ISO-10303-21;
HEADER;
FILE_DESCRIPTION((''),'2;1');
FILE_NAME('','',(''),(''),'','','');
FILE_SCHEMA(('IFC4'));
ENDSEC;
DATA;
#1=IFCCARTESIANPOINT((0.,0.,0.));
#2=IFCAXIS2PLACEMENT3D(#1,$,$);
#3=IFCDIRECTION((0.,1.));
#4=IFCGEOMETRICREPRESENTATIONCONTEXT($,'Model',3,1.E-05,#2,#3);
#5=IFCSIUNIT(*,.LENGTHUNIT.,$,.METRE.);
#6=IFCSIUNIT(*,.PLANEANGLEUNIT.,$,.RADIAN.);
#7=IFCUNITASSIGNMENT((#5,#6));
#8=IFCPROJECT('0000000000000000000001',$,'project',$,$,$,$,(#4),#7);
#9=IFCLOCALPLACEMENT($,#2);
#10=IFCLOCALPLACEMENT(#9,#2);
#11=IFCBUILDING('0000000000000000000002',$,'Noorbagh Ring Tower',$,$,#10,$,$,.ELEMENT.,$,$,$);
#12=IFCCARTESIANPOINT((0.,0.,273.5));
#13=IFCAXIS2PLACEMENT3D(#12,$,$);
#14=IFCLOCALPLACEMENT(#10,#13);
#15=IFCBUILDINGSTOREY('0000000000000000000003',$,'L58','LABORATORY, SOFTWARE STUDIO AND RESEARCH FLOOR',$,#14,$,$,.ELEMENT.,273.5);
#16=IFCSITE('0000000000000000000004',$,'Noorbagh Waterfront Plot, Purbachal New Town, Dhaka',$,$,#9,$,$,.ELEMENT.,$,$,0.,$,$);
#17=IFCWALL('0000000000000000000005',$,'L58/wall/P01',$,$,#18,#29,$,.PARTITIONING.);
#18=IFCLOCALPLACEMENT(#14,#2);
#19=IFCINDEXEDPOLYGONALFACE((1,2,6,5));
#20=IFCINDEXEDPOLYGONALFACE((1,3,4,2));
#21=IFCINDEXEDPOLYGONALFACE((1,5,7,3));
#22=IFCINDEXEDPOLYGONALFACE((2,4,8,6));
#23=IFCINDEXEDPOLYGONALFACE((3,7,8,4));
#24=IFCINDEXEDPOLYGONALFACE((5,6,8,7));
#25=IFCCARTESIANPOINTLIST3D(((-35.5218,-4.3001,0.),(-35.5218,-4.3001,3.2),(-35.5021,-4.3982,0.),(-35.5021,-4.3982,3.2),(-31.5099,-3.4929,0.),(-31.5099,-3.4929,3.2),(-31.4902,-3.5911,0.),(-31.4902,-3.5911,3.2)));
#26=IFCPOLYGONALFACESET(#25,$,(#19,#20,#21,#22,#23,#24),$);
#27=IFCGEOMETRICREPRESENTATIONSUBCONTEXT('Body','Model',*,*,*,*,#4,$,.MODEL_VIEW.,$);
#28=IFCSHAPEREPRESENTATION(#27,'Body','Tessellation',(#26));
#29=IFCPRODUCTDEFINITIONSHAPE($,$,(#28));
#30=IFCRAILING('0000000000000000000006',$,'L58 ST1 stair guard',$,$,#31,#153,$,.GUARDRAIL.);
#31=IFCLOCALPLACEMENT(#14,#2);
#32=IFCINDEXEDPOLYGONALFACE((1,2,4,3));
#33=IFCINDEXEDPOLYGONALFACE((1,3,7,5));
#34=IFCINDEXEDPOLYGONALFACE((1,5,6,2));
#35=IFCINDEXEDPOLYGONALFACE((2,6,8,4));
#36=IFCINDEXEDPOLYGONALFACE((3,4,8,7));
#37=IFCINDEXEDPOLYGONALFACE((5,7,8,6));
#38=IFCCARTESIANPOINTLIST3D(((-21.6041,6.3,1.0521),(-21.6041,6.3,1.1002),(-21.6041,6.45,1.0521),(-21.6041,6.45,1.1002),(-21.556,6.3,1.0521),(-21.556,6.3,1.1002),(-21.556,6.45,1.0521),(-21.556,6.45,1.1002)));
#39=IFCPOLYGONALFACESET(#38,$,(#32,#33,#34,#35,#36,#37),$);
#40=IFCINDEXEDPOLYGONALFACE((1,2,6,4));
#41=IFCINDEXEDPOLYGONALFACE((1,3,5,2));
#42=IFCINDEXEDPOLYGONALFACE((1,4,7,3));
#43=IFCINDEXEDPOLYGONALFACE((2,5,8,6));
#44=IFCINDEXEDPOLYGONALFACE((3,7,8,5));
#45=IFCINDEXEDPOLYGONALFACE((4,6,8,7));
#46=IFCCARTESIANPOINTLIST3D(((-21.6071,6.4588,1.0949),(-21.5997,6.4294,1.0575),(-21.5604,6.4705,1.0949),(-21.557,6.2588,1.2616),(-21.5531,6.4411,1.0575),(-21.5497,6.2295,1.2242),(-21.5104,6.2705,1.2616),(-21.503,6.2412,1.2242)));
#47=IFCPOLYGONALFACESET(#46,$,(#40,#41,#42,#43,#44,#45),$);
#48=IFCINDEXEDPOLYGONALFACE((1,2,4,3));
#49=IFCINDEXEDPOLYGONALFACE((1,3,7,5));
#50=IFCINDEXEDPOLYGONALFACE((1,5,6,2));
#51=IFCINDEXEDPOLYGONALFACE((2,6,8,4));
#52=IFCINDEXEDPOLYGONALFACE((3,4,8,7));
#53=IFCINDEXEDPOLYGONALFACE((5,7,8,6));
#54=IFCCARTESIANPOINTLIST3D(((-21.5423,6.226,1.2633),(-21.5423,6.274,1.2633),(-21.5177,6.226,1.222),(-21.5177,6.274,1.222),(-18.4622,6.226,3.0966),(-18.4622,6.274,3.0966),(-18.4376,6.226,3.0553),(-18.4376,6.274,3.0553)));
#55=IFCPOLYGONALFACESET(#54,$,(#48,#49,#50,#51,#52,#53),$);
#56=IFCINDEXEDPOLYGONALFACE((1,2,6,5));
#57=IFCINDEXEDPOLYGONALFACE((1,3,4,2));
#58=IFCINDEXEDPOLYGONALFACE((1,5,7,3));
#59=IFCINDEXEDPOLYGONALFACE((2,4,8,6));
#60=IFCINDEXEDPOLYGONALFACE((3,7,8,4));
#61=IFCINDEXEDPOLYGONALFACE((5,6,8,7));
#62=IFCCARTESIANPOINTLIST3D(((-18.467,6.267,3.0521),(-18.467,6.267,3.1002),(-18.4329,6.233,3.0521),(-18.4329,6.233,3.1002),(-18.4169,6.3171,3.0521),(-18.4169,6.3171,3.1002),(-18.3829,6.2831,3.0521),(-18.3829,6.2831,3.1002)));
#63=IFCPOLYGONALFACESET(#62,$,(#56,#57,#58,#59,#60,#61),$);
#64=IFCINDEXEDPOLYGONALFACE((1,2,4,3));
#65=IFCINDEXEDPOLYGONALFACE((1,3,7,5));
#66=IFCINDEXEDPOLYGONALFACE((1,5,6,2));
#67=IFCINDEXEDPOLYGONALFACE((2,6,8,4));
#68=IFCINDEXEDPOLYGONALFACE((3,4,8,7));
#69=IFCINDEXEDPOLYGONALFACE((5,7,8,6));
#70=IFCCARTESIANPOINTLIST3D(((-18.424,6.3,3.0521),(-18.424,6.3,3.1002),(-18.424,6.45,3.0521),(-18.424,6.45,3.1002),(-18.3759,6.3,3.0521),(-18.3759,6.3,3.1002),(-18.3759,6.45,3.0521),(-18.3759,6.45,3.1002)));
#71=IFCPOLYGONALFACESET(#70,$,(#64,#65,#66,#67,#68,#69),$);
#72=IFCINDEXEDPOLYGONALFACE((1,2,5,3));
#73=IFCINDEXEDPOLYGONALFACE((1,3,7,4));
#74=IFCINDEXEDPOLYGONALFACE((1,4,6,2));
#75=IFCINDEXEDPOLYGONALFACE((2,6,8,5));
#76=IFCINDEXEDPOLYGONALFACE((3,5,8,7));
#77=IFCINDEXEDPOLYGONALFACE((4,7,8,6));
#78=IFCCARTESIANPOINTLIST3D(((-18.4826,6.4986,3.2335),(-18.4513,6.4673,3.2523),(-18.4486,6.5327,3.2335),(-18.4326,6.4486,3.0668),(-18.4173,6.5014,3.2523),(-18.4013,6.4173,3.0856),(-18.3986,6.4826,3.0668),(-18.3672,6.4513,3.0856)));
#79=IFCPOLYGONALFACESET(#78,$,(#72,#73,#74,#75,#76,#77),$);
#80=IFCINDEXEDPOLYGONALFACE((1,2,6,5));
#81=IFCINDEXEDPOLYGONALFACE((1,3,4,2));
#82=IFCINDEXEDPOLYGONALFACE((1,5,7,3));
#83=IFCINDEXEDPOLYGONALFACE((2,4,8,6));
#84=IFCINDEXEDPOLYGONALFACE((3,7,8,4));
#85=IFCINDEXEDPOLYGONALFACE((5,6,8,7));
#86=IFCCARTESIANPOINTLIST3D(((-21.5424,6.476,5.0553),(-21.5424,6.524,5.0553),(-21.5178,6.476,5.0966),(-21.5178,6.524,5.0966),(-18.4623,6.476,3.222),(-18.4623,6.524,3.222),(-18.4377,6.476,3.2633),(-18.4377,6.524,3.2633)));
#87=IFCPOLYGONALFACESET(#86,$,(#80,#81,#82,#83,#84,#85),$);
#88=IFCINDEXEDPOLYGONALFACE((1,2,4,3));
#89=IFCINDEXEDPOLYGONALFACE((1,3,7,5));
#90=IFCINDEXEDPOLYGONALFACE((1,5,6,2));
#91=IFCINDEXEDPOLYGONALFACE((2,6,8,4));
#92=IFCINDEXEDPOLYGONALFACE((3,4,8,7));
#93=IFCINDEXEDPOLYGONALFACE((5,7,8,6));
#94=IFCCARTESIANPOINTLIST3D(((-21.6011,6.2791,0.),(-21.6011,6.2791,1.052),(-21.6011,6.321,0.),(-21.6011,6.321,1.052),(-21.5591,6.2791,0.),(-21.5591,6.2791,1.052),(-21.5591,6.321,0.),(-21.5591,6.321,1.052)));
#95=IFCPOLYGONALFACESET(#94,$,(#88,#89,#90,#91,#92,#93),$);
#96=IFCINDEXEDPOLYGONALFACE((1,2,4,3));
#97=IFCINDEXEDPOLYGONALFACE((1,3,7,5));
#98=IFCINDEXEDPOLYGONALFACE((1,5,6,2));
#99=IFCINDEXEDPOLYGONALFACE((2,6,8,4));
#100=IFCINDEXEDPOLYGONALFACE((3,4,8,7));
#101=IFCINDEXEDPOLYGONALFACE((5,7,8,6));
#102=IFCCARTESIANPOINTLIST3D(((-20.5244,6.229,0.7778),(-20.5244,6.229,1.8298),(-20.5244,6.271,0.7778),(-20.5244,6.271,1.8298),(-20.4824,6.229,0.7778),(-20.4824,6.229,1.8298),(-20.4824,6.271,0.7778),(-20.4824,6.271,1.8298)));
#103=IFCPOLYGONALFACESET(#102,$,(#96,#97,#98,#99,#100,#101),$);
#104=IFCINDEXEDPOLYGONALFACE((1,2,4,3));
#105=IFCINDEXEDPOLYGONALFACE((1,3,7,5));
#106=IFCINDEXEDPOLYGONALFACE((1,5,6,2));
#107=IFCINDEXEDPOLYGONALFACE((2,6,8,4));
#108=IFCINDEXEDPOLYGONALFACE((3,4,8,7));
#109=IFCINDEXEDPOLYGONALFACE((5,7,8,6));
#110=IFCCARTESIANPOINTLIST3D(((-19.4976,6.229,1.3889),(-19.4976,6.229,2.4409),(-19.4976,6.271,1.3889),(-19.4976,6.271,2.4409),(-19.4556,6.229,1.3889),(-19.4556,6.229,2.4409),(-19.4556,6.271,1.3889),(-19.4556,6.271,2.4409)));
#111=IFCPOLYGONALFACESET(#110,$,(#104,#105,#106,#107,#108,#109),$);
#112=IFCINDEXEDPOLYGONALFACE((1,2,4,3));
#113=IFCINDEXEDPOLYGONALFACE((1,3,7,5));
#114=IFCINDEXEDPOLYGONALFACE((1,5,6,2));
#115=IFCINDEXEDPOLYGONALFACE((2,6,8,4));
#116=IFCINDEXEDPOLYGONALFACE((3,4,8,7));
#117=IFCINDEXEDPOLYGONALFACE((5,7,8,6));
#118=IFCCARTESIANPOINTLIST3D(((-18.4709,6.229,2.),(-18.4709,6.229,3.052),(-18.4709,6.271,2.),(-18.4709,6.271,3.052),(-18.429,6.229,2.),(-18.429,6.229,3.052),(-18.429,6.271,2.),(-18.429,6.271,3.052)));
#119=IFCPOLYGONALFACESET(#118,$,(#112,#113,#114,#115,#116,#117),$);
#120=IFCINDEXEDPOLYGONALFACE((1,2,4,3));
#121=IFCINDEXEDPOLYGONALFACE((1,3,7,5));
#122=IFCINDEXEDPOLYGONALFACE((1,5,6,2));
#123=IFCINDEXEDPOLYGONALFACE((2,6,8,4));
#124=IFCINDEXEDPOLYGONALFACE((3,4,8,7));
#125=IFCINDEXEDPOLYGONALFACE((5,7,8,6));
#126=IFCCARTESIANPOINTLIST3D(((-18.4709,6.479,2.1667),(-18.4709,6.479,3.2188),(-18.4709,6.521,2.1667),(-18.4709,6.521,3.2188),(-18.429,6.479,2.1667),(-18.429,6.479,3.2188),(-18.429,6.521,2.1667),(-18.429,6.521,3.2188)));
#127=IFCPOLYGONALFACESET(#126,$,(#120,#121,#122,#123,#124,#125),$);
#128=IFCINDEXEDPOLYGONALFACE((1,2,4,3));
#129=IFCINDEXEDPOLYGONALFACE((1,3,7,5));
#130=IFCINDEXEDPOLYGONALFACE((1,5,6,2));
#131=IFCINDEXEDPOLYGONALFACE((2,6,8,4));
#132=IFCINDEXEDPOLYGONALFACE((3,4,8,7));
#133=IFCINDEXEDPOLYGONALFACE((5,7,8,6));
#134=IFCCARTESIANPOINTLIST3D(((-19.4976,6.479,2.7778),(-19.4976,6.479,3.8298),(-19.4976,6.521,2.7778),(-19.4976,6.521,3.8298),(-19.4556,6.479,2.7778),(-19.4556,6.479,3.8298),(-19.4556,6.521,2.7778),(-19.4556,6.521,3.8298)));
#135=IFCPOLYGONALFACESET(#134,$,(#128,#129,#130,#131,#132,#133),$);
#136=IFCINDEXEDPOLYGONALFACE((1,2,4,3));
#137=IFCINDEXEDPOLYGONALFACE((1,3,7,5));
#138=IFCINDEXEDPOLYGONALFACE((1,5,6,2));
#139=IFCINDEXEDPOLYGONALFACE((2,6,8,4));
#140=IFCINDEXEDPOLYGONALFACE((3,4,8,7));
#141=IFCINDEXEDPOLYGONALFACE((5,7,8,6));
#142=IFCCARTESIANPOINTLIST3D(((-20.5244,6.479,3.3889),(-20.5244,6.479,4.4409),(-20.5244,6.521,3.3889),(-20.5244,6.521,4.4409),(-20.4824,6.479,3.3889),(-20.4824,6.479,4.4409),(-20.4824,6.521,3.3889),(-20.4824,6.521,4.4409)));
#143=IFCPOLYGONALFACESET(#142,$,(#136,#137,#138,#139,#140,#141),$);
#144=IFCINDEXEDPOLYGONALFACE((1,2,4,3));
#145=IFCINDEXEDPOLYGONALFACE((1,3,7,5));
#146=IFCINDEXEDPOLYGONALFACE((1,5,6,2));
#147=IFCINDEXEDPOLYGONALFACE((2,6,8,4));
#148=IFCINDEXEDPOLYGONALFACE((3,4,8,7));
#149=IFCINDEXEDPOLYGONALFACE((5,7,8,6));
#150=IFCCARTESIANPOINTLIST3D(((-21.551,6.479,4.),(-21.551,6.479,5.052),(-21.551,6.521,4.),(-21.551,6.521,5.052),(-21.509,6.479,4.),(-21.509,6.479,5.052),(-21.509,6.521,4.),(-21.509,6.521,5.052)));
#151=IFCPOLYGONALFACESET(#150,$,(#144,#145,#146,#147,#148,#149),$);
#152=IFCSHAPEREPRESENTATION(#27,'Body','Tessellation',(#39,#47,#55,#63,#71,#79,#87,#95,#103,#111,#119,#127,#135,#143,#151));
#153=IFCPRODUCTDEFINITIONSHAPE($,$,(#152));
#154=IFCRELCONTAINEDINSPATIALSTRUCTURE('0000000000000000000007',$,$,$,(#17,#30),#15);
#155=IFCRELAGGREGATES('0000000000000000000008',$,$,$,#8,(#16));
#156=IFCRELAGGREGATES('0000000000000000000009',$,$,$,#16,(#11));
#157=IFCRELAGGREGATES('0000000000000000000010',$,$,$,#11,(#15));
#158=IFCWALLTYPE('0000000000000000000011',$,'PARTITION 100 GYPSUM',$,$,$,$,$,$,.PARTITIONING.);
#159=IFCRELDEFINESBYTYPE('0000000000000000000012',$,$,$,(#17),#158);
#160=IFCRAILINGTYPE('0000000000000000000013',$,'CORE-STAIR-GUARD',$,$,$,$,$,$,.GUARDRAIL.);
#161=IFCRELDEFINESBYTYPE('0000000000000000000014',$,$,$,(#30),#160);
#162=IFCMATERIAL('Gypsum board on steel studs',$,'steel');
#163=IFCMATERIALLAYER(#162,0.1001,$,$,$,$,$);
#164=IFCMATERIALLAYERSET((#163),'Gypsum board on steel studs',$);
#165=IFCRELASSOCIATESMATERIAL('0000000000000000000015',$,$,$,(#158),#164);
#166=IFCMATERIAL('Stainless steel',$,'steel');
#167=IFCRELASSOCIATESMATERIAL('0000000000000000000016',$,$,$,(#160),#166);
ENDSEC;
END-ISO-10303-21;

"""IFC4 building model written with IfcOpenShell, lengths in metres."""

from ifc_helpers import new_model, si_unit, direction, frame, frame_2d, origin, origin_2d, place, context, subcontext, project, spatial, rectangle, extrude, material, layer, layer_set, type_object, element, save


model = new_model("IFC4")

# Units and contexts
model_context = context("Model", 3, precision=1e-05, world=origin(), true_north=direction((0.0, 1.0)))
body_context = subcontext(model_context, "Body", "Model", "MODEL_VIEW")
ifc_project = project(units=[si_unit("LENGTHUNIT", "METRE"), si_unit("PLANEANGLEUNIT", "RADIAN")], contexts=[model_context])

# Site, building, storey
site_placement = place(None, origin())
site = spatial("IfcSite", under=ifc_project, at=site_placement, Name="Noorbagh Waterfront Plot, Purbachal New Town, Dhaka", CompositionType="ELEMENT", RefElevation=0.0)
building_placement = place(site_placement, origin())
building = spatial("IfcBuilding", under=site, at=building_placement, Name="Noorbagh Ring Tower", CompositionType="ELEMENT")
storey_placement = place(building_placement, frame((0.0, 0.0, 273.5)))
storey = spatial("IfcBuildingStorey", under=building, at=storey_placement, Name="L58", Description="LABORATORY, SOFTWARE STUDIO AND RESEARCH FLOOR", CompositionType="ELEMENT", Elevation=273.5)

# Wall
ifc_material_1 = material(Name="Gypsum board on steel studs", Category="steel")
ifc_layer_1 = layer(ifc_material_1, 0.1001)
ifc_layer_set_1 = layer_set([ifc_layer_1], Name="Gypsum board on steel studs")
wall_type_1 = type_object("IfcWallType", Name="PARTITION 100 GYPSUM", PredefinedType="PARTITIONING", material=ifc_layer_set_1)
wall_1_placement = place(storey_placement, frame((-35.512, -4.3491, 0.0), z_axis=(0.0, 0.0, 1.0), x_axis=(0.980357, 0.197229, 0.0)))
element("IfcWall", 1, at=wall_1_placement, inside=storey, type_object=wall_type_1, Name="L58/wall/P01", PredefinedType="PARTITIONING", context=body_context, shape_type="SweptSolid", body=[
    extrude(rectangle(XDim=4.0923, YDim=0.1001, at=frame_2d((2.0461, 0.0))), origin(), (0.0, 0.0, 1.0), 3.2),
])

# Railing
ifc_material_2 = material(Name="Stainless steel", Category="steel")
railing_type = type_object("IfcRailingType", Name="CORE-STAIR-GUARD", PredefinedType="GUARDRAIL", material=ifc_material_2)
railing_placement = place(storey_placement, frame((-21.5801, 6.3, 0.0)))
element("IfcRailing", 2, at=railing_placement, inside=storey, type_object=railing_type, Name="L58 ST1 stair guard", PredefinedType="GUARDRAIL", context=body_context, shape_type="SweptSolid", body=[
    extrude(rectangle(XDim=0.0481, YDim=0.0481, at=origin_2d()), frame((0.0, 0.0, 1.0762), z_axis=(0.0, 1.0, 0.0), x_axis=(-1.0, 0.0, 0.0)), (0.0, 0.0, 1.0), 0.1499),
    extrude(rectangle(XDim=0.0481, YDim=0.0481, at=origin_2d()), frame((0.0, 0.1499, 1.0762), z_axis=(0.188776, -0.754182, 0.628946), x_axis=(0.970073, 0.242814, 0.0)), (0.0, 0.0, 1.0), 0.2651),
    extrude(rectangle(XDim=0.0481, YDim=0.0481, at=origin_2d()), frame((0.05, -0.05, 1.2427), z_axis=(0.859309, 0.0, 0.511458), x_axis=(0.0, 1.0, 0.0)), (0.0, 0.0, 1.0), 3.5845),
    extrude(rectangle(XDim=0.0481, YDim=0.0481, at=origin_2d()), frame((3.1301, -0.05, 3.0762), z_axis=(0.707107, 0.707107, 0.0), x_axis=(-0.707107, 0.707107, 0.0)), (0.0, 0.0, 1.0), 0.0708),
    extrude(rectangle(XDim=0.0481, YDim=0.0481, at=origin_2d()), frame((3.1802, 0.0, 3.0762), z_axis=(0.0, 1.0, 0.0), x_axis=(-1.0, 0.0, 0.0)), (0.0, 0.0, 1.0), 0.1499),
    extrude(rectangle(XDim=0.0481, YDim=0.0481, at=origin_2d()), frame((3.1802, 0.1499, 3.0762), z_axis=(-0.276287, 0.276287, 0.920506), x_axis=(-0.707107, -0.707107, 0.0)), (0.0, 0.0, 1.0), 0.1812),
    extrude(rectangle(XDim=0.0481, YDim=0.0481, at=origin_2d()), frame((3.1301, 0.2, 3.2427), z_axis=(-0.859309, 0.0, 0.511458), x_axis=(0.0, -1.0, 0.0)), (0.0, 0.0, 1.0), 3.5845),
    extrude(rectangle(XDim=0.042, YDim=0.042, at=origin_2d()), origin(), (0.0, 0.0, 1.0), 1.052),
    extrude(rectangle(XDim=0.042, YDim=0.042, at=origin_2d()), frame((1.0767, -0.05, 0.7778)), (0.0, 0.0, 1.0), 1.052),
    extrude(rectangle(XDim=0.042, YDim=0.042, at=origin_2d()), frame((2.1035, -0.05, 1.3889)), (0.0, 0.0, 1.0), 1.052),
    extrude(rectangle(XDim=0.042, YDim=0.042, at=origin_2d()), frame((3.1301, -0.05, 2.0)), (0.0, 0.0, 1.0), 1.052),
    extrude(rectangle(XDim=0.042, YDim=0.042, at=origin_2d()), frame((3.1301, 0.2, 2.1667)), (0.0, 0.0, 1.0), 1.052),
    extrude(rectangle(XDim=0.042, YDim=0.042, at=origin_2d()), frame((2.1035, 0.2, 2.7778)), (0.0, 0.0, 1.0), 1.052),
    extrude(rectangle(XDim=0.042, YDim=0.042, at=origin_2d()), frame((1.0767, 0.2, 3.3889)), (0.0, 0.0, 1.0), 1.052),
    extrude(rectangle(XDim=0.042, YDim=0.042, at=origin_2d()), frame((0.05, 0.2, 4.0)), (0.0, 0.0, 1.0), 1.052),
])

save(model, "model.ifc")
